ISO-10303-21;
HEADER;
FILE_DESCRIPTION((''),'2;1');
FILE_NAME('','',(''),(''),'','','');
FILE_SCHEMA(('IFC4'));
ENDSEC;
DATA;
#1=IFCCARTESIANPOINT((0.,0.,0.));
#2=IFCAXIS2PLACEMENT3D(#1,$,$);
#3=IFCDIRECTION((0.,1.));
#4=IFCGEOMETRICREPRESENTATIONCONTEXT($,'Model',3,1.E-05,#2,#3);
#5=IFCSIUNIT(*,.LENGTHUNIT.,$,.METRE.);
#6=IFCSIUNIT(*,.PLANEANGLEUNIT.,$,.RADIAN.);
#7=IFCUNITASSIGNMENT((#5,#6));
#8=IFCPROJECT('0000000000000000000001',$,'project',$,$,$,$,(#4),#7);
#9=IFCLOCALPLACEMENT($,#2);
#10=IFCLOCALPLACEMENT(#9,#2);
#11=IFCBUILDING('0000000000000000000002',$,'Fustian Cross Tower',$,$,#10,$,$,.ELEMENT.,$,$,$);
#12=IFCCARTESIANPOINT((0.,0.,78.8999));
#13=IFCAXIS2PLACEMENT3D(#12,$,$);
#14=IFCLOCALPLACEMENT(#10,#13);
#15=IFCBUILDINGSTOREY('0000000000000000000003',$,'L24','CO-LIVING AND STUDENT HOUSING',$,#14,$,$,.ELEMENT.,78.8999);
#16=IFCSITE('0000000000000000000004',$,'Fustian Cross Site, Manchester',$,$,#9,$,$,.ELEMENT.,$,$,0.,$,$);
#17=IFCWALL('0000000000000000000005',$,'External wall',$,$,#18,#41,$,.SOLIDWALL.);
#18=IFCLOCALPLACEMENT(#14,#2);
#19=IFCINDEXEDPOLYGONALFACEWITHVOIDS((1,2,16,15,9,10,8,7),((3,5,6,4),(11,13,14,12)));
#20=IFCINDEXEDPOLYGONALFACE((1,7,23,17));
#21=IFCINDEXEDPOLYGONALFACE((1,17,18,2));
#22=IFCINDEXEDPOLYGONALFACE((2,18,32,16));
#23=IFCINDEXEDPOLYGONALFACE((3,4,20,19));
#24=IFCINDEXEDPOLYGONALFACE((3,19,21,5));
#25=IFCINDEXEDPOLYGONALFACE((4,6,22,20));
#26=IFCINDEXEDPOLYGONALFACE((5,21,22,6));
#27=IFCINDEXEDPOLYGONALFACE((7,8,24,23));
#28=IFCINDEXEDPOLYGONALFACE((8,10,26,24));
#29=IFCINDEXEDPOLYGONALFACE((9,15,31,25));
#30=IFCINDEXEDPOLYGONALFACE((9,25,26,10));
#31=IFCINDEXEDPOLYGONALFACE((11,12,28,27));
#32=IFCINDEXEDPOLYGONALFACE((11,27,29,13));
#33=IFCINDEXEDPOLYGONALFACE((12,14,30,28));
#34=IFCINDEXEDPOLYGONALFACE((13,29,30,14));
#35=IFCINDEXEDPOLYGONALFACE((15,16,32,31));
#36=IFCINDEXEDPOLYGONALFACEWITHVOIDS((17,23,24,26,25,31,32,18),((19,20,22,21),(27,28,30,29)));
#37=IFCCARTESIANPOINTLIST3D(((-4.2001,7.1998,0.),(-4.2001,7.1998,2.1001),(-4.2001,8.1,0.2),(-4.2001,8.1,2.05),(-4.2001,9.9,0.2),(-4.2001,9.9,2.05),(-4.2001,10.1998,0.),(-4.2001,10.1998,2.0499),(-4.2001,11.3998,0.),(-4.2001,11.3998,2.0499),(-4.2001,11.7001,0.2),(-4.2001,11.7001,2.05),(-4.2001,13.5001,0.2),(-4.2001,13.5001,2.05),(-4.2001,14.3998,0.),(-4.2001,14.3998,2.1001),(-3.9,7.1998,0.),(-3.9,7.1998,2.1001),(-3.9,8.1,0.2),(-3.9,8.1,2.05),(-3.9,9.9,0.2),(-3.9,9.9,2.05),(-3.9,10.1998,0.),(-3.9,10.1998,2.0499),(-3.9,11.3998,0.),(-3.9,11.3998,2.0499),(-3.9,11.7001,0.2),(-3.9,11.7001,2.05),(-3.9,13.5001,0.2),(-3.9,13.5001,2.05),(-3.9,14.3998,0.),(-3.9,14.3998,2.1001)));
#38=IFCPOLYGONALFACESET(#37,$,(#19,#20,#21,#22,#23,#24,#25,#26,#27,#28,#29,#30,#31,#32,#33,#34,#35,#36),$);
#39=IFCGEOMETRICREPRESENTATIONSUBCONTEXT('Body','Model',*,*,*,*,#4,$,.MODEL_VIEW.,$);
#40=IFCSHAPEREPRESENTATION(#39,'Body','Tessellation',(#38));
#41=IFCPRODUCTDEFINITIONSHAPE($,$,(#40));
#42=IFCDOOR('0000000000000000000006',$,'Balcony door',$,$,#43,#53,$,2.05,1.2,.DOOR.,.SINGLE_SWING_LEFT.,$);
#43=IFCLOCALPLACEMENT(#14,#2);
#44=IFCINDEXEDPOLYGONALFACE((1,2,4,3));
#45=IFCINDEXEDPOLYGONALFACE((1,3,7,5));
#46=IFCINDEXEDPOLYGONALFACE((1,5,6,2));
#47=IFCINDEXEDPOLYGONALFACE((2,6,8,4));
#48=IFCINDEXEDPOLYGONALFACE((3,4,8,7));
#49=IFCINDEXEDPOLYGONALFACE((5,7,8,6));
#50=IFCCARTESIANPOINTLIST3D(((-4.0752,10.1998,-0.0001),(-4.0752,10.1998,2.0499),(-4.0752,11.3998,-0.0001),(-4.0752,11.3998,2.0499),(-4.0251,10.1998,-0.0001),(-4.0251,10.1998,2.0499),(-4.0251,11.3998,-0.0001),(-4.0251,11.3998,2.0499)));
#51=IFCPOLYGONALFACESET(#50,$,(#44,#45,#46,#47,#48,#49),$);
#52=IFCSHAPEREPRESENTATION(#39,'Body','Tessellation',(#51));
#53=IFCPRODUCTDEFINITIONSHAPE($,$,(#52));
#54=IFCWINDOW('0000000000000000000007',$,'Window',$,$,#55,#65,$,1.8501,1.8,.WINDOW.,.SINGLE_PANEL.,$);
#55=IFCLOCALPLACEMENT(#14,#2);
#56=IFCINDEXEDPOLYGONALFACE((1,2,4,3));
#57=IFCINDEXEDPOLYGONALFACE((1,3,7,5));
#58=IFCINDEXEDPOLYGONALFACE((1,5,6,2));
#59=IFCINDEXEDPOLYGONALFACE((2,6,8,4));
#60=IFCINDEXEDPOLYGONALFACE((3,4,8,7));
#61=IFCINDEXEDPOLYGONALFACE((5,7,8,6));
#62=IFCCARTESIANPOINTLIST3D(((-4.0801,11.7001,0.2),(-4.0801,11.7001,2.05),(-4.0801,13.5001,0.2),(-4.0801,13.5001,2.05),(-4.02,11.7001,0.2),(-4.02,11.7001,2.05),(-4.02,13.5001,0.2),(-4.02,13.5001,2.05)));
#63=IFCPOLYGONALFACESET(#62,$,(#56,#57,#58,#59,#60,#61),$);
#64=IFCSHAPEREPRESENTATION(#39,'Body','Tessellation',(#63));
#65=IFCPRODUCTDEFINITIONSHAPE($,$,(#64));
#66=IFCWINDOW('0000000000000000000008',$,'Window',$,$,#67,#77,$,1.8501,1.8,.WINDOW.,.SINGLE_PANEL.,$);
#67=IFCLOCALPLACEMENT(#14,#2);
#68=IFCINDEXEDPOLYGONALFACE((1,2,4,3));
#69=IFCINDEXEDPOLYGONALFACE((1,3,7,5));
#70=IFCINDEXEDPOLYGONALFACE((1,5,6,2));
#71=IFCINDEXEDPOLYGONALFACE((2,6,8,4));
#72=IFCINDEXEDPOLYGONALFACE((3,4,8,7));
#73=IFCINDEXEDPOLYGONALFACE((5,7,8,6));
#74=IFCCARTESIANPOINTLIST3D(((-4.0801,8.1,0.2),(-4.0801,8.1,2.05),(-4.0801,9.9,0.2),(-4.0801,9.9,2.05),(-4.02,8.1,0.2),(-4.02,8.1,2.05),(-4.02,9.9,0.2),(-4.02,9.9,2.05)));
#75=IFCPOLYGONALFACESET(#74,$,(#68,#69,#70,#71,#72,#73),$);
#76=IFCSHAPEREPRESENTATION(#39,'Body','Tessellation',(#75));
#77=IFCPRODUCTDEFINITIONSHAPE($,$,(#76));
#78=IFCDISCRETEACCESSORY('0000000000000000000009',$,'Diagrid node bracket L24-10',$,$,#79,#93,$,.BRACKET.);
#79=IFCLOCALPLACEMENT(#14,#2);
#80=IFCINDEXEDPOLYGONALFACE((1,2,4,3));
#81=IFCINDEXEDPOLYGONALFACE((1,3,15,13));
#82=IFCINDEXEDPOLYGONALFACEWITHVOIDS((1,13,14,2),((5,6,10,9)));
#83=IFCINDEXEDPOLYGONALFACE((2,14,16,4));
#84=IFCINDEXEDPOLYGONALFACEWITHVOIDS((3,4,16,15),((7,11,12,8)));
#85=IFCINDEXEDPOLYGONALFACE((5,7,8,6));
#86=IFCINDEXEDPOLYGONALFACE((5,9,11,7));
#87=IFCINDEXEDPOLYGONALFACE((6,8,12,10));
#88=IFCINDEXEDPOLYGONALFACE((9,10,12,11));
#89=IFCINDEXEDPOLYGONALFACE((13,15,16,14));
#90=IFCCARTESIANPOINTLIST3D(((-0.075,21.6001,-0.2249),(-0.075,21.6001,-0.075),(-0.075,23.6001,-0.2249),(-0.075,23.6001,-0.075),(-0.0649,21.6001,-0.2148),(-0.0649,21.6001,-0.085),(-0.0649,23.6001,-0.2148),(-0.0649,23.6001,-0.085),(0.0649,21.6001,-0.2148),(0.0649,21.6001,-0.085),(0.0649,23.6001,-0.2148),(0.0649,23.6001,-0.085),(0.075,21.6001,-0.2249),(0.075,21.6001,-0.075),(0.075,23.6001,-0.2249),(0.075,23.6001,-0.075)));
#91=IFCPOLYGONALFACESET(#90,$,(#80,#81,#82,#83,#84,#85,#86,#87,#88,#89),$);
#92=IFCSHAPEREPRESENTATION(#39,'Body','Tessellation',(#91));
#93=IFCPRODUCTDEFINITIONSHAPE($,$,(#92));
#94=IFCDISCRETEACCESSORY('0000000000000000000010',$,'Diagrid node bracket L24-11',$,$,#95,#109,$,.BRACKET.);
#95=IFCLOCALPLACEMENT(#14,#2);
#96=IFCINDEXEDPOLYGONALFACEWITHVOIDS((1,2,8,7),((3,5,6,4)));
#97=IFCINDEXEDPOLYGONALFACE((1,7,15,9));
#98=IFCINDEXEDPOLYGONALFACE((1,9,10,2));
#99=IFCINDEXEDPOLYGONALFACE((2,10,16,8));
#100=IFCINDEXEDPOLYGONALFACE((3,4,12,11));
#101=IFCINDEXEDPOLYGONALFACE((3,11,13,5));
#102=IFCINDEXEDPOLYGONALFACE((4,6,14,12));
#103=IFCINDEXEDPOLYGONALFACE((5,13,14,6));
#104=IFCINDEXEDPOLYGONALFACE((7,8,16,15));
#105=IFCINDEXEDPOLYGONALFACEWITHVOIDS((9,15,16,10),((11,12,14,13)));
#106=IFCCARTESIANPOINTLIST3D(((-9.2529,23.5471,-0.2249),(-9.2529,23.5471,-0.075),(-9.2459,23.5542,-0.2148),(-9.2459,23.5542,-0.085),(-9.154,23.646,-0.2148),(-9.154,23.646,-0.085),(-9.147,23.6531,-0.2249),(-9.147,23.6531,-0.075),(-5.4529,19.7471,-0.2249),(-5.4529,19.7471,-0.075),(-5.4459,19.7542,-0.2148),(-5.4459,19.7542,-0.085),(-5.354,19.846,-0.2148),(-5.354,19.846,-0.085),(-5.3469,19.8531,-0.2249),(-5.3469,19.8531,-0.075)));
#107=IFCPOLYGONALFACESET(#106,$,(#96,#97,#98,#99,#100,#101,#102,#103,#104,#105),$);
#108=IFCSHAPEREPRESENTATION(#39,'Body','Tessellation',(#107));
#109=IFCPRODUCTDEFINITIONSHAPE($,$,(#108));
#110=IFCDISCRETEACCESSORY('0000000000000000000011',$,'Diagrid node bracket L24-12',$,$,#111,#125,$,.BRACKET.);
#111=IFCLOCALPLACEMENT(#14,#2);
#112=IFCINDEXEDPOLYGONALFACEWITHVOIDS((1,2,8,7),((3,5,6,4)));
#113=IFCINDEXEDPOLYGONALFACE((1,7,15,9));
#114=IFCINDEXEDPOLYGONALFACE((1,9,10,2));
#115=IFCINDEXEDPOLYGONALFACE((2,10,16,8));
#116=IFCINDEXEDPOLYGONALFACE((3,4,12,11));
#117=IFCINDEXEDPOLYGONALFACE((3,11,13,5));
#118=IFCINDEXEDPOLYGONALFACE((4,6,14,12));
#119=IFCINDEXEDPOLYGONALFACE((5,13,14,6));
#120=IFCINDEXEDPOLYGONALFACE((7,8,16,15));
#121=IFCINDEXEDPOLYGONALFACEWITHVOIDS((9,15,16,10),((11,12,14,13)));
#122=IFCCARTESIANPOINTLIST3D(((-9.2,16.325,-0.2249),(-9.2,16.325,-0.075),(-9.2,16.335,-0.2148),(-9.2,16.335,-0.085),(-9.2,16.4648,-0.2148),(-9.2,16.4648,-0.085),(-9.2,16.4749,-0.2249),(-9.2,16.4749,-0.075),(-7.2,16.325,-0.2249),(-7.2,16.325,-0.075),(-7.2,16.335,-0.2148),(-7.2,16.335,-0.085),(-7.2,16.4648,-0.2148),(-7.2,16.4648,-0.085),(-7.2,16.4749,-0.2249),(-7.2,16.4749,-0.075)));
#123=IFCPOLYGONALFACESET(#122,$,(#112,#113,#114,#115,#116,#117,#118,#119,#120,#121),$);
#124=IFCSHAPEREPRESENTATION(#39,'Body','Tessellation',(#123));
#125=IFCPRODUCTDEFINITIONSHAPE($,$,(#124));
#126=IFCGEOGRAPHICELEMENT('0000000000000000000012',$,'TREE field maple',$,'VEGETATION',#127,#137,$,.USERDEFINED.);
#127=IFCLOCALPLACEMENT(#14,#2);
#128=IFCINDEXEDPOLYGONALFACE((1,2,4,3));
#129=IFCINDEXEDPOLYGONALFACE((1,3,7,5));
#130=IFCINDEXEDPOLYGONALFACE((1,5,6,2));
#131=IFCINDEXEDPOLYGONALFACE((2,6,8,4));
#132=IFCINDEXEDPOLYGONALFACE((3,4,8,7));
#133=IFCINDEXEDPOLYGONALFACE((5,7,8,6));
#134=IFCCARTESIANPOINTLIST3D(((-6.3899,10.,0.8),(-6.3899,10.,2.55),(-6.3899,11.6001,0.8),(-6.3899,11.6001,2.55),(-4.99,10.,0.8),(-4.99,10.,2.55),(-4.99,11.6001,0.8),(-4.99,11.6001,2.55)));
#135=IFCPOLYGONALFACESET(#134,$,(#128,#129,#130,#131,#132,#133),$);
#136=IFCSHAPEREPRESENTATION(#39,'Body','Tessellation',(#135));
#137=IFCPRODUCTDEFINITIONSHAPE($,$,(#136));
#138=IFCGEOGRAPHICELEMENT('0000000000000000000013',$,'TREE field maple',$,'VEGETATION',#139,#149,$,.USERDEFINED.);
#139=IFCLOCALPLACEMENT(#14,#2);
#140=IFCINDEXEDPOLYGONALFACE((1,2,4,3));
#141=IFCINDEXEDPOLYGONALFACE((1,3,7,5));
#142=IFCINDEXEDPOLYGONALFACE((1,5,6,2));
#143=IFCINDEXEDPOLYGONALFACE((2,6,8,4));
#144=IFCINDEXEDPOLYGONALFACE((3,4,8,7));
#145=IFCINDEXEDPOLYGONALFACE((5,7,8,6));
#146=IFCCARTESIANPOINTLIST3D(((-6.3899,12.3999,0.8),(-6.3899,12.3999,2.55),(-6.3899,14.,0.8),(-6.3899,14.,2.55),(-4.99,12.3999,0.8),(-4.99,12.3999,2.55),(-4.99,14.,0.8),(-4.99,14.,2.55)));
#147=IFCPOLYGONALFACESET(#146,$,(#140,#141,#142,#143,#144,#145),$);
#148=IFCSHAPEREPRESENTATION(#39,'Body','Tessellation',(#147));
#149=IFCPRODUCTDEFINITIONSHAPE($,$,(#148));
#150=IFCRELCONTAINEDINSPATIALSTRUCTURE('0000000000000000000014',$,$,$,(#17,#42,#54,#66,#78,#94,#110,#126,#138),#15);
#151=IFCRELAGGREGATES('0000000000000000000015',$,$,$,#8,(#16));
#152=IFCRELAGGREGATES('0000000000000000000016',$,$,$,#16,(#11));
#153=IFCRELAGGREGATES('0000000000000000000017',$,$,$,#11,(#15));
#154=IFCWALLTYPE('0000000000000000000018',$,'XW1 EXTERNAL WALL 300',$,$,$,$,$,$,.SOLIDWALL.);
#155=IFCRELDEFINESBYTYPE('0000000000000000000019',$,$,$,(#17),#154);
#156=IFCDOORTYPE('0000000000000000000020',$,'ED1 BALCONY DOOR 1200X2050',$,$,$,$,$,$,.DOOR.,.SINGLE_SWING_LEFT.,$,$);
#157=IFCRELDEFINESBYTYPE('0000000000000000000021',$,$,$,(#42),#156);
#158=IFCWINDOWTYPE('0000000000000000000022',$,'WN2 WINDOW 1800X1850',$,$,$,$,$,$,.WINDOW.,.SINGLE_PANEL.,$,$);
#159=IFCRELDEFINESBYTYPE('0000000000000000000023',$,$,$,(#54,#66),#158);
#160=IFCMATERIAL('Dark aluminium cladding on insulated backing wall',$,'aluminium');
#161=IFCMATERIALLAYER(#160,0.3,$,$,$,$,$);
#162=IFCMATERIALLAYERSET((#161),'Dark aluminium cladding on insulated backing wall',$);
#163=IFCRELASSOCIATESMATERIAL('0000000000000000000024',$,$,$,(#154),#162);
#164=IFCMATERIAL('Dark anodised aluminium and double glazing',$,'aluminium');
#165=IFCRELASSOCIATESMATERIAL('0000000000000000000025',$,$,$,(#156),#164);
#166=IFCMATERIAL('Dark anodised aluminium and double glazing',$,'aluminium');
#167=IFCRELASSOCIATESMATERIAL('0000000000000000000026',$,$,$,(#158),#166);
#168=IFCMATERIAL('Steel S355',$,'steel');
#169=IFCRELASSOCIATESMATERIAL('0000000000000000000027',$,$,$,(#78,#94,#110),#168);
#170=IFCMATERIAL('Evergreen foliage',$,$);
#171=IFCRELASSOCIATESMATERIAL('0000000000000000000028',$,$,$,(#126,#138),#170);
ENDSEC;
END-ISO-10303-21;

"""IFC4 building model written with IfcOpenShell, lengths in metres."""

from ifc_helpers import new_model, si_unit, direction, frame, frame_2d, origin, origin_2d, place, context, subcontext, project, spatial, rectangle, hollow_rectangle, extrude, material, layer, layer_set, type_object, element, fill, save


model = new_model("IFC4")

# Units and contexts
model_context = context("Model", 3, precision=1e-05, world=origin(), true_north=direction((0.0, 1.0)))
body_context = subcontext(model_context, "Body", "Model", "MODEL_VIEW")
ifc_project = project(units=[si_unit("LENGTHUNIT", "METRE"), si_unit("PLANEANGLEUNIT", "RADIAN")], contexts=[model_context])

# Site, building, storey
site_placement = place(None, origin())
site = spatial("IfcSite", under=ifc_project, at=site_placement, Name="Fustian Cross Site, Manchester", CompositionType="ELEMENT", RefElevation=0.0)
building_placement = place(site_placement, origin())
building = spatial("IfcBuilding", under=site, at=building_placement, Name="Fustian Cross Tower", CompositionType="ELEMENT")
storey_placement = place(building_placement, frame((0.0, 0.0, 78.8999)))
storey = spatial("IfcBuildingStorey", under=building, at=storey_placement, Name="L24", Description="CO-LIVING AND STUDENT HOUSING", CompositionType="ELEMENT", Elevation=78.8999)

# Shared definitions
ifc_material_1 = material(Name="Dark aluminium cladding on insulated backing wall", Category="aluminium")
ifc_layer_1 = layer(ifc_material_1, 0.3)
ifc_layer_set_1 = layer_set([ifc_layer_1], Name="Dark aluminium cladding on insulated backing wall")
wall_type_1 = type_object("IfcWallType", Name="XW1 EXTERNAL WALL 300", PredefinedType="SOLIDWALL", material=ifc_layer_set_1)

# Wall, openings, door, windows
wall_1_placement = place(storey_placement, frame((-4.05, 14.3999, 0.0), z_axis=(0.0, 0.0, 1.0), x_axis=(0.0, -1.0, 0.0)))
wall_1 = element("IfcWall", 1, at=wall_1_placement, inside=storey, type_object=wall_type_1, Name="External wall", PredefinedType="SOLIDWALL", context=body_context, shape_type="SweptSolid", body=[
    extrude(rectangle(XDim=7.2, YDim=0.3, at=frame_2d((3.6001, 0.0))), origin(), (0.0, 0.0, 1.0), 2.1001),
])
opening_1_placement = place(wall_1_placement, frame((3.0, 0.0, 0.0)))
opening_1 = element("IfcOpeningElement", 2, at=opening_1_placement, cuts=wall_1, PredefinedType="OPENING", context=body_context, shape_type="SweptSolid", body=[
    extrude(rectangle(XDim=1.2, YDim=2.05, at=frame_2d((0.6001, 1.0249))), frame((0.0, 0.1599, 0.0), z_axis=(0.0, -1.0, 0.0), x_axis=(1.0, 0.0, 0.0)), (0.0, 0.0, 1.0), 0.3201),
])
opening_2_placement = place(wall_1_placement, frame((0.8999, 0.0, 0.2)))
opening_2 = element("IfcOpeningElement", 3, at=opening_2_placement, cuts=wall_1, PredefinedType="OPENING", context=body_context, shape_type="SweptSolid", body=[
    extrude(rectangle(XDim=1.8, YDim=1.8501, at=frame_2d((0.8999, 0.925))), frame((0.0, 0.1599, 0.0), z_axis=(0.0, -1.0, 0.0), x_axis=(1.0, 0.0, 0.0)), (0.0, 0.0, 1.0), 0.3201),
])
opening_3_placement = place(wall_1_placement, frame((4.5, 0.0, 0.2)))
opening_3 = element("IfcOpeningElement", 4, at=opening_3_placement, cuts=wall_1, PredefinedType="OPENING", context=body_context, shape_type="SweptSolid", body=[
    extrude(rectangle(XDim=1.8, YDim=1.8501, at=frame_2d((0.8999, 0.925))), frame((0.0, 0.1599, 0.0), z_axis=(0.0, -1.0, 0.0), x_axis=(1.0, 0.0, 0.0)), (0.0, 0.0, 1.0), 0.3201),
])
ifc_material_2 = material(Name="Dark anodised aluminium and double glazing", Category="aluminium")
door_type_1 = type_object("IfcDoorType", Name="ED1 BALCONY DOOR 1200X2050", OperationType="SINGLE_SWING_LEFT", PredefinedType="DOOR", material=ifc_material_2)
door_1_placement = place(opening_1_placement, origin())
door_1 = element("IfcDoor", 5, at=door_1_placement, inside=storey, type_object=door_type_1, Name="Balcony door", OperationType="SINGLE_SWING_LEFT", OverallHeight=2.05, OverallWidth=1.2, PredefinedType="DOOR", context=body_context, shape_type="SweptSolid", body=[
    extrude(rectangle(XDim=1.2, YDim=2.05, at=frame_2d((0.6001, 1.0249))), frame((0.0, 0.0249, 0.0), z_axis=(0.0, -1.0, 0.0), x_axis=(1.0, 0.0, 0.0)), (0.0, 0.0, 1.0), 0.05),
])
fill(opening_1, door_1)
ifc_material_3 = material(Name="Dark anodised aluminium and double glazing", Category="aluminium")
window_type_1 = type_object("IfcWindowType", Name="WN2 WINDOW 1800X1850", PartitioningType="SINGLE_PANEL", PredefinedType="WINDOW", material=ifc_material_3)
window_1_placement = place(opening_2_placement, origin())
window_1 = element("IfcWindow", 6, at=window_1_placement, inside=storey, type_object=window_type_1, Name="Window", OverallHeight=1.8501, OverallWidth=1.8, PartitioningType="SINGLE_PANEL", PredefinedType="WINDOW", context=body_context, shape_type="SweptSolid", body=[
    extrude(rectangle(XDim=1.8, YDim=1.8501, at=frame_2d((0.8999, 0.925))), frame((0.0, 0.03, 0.0), z_axis=(0.0, -1.0, 0.0), x_axis=(1.0, 0.0, 0.0)), (0.0, 0.0, 1.0), 0.0601),
])
fill(opening_2, window_1)
window_2_placement = place(opening_3_placement, origin())
window_2 = element("IfcWindow", 7, at=window_2_placement, inside=storey, type_object=window_type_1, Name="Window", OverallHeight=1.8501, OverallWidth=1.8, PartitioningType="SINGLE_PANEL", PredefinedType="WINDOW", context=body_context, shape_type="SweptSolid", body=[
    extrude(rectangle(XDim=1.8, YDim=1.8501, at=frame_2d((0.8999, 0.925))), frame((0.0, 0.03, 0.0), z_axis=(0.0, -1.0, 0.0), x_axis=(1.0, 0.0, 0.0)), (0.0, 0.0, 1.0), 0.0601),
])
fill(opening_3, window_2)

# Discrete accessories
ifc_material_4 = material(Name="Steel S355", Category="steel")
discrete_accessory_1_placement = place(storey_placement, frame((0.0, 23.6001, -0.1499), z_axis=(0.0, -1.0, 0.0), x_axis=(1.0, 0.0, 0.0)))
element("IfcDiscreteAccessory", 8, at=discrete_accessory_1_placement, inside=storey, material=ifc_material_4, Name="Diagrid node bracket L24-10", PredefinedType="BRACKET", context=body_context, shape_type="SweptSolid", body=[
    extrude(hollow_rectangle(XDim=0.1499, YDim=0.1499, WallThickness=0.01, at=origin_2d()), origin(), (0.0, 0.0, 1.0), 2.0),
])
discrete_accessory_2_placement = place(storey_placement, frame((-9.2, 23.6001, -0.1499), z_axis=(0.707107, -0.707107, 0.0), x_axis=(0.707107, 0.707107, 0.0)))
element("IfcDiscreteAccessory", 9, at=discrete_accessory_2_placement, inside=storey, material=ifc_material_4, Name="Diagrid node bracket L24-11", PredefinedType="BRACKET", context=body_context, shape_type="SweptSolid", body=[
    extrude(hollow_rectangle(XDim=0.1499, YDim=0.1499, WallThickness=0.01, at=origin_2d()), origin(), (0.0, 0.0, 1.0), 5.374),
])
discrete_accessory_3_placement = place(storey_placement, frame((-9.2, 16.3999, -0.1499), z_axis=(1.0, 0.0, 0.0), x_axis=(0.0, 1.0, 0.0)))
element("IfcDiscreteAccessory", 10, at=discrete_accessory_3_placement, inside=storey, material=ifc_material_4, Name="Diagrid node bracket L24-12", PredefinedType="BRACKET", context=body_context, shape_type="SweptSolid", body=[
    extrude(hollow_rectangle(XDim=0.1499, YDim=0.1499, WallThickness=0.01, at=origin_2d()), origin(), (0.0, 0.0, 1.0), 2.0),
])

# Geographic elements
ifc_material_5 = material(Name="Evergreen foliage")
for number, where, z_axis, x_axis, name in (
    (11, (-5.6899, 10.8, 0.8), (0.0, 0.0, 1.0), (1.0, 0.0, 0.0), "TREE field maple"),
    (12, (-5.6899, 13.2, 0.8), (0.0, 0.0, 1.0), (1.0, 0.0, 0.0), "TREE field maple"),
):
    element("IfcGeographicElement", number, at=place(storey_placement, frame(where, z_axis=z_axis, x_axis=x_axis)), inside=storey, material=ifc_material_5, Name=name, ObjectType="VEGETATION", PredefinedType="USERDEFINED", context=body_context, shape_type="SweptSolid", body=[
        extrude(rectangle(XDim=1.3999, YDim=1.6001, at=origin_2d()), origin(), (0.0, 0.0, 1.0), 1.75),
    ])

save(model, "model.ifc")
